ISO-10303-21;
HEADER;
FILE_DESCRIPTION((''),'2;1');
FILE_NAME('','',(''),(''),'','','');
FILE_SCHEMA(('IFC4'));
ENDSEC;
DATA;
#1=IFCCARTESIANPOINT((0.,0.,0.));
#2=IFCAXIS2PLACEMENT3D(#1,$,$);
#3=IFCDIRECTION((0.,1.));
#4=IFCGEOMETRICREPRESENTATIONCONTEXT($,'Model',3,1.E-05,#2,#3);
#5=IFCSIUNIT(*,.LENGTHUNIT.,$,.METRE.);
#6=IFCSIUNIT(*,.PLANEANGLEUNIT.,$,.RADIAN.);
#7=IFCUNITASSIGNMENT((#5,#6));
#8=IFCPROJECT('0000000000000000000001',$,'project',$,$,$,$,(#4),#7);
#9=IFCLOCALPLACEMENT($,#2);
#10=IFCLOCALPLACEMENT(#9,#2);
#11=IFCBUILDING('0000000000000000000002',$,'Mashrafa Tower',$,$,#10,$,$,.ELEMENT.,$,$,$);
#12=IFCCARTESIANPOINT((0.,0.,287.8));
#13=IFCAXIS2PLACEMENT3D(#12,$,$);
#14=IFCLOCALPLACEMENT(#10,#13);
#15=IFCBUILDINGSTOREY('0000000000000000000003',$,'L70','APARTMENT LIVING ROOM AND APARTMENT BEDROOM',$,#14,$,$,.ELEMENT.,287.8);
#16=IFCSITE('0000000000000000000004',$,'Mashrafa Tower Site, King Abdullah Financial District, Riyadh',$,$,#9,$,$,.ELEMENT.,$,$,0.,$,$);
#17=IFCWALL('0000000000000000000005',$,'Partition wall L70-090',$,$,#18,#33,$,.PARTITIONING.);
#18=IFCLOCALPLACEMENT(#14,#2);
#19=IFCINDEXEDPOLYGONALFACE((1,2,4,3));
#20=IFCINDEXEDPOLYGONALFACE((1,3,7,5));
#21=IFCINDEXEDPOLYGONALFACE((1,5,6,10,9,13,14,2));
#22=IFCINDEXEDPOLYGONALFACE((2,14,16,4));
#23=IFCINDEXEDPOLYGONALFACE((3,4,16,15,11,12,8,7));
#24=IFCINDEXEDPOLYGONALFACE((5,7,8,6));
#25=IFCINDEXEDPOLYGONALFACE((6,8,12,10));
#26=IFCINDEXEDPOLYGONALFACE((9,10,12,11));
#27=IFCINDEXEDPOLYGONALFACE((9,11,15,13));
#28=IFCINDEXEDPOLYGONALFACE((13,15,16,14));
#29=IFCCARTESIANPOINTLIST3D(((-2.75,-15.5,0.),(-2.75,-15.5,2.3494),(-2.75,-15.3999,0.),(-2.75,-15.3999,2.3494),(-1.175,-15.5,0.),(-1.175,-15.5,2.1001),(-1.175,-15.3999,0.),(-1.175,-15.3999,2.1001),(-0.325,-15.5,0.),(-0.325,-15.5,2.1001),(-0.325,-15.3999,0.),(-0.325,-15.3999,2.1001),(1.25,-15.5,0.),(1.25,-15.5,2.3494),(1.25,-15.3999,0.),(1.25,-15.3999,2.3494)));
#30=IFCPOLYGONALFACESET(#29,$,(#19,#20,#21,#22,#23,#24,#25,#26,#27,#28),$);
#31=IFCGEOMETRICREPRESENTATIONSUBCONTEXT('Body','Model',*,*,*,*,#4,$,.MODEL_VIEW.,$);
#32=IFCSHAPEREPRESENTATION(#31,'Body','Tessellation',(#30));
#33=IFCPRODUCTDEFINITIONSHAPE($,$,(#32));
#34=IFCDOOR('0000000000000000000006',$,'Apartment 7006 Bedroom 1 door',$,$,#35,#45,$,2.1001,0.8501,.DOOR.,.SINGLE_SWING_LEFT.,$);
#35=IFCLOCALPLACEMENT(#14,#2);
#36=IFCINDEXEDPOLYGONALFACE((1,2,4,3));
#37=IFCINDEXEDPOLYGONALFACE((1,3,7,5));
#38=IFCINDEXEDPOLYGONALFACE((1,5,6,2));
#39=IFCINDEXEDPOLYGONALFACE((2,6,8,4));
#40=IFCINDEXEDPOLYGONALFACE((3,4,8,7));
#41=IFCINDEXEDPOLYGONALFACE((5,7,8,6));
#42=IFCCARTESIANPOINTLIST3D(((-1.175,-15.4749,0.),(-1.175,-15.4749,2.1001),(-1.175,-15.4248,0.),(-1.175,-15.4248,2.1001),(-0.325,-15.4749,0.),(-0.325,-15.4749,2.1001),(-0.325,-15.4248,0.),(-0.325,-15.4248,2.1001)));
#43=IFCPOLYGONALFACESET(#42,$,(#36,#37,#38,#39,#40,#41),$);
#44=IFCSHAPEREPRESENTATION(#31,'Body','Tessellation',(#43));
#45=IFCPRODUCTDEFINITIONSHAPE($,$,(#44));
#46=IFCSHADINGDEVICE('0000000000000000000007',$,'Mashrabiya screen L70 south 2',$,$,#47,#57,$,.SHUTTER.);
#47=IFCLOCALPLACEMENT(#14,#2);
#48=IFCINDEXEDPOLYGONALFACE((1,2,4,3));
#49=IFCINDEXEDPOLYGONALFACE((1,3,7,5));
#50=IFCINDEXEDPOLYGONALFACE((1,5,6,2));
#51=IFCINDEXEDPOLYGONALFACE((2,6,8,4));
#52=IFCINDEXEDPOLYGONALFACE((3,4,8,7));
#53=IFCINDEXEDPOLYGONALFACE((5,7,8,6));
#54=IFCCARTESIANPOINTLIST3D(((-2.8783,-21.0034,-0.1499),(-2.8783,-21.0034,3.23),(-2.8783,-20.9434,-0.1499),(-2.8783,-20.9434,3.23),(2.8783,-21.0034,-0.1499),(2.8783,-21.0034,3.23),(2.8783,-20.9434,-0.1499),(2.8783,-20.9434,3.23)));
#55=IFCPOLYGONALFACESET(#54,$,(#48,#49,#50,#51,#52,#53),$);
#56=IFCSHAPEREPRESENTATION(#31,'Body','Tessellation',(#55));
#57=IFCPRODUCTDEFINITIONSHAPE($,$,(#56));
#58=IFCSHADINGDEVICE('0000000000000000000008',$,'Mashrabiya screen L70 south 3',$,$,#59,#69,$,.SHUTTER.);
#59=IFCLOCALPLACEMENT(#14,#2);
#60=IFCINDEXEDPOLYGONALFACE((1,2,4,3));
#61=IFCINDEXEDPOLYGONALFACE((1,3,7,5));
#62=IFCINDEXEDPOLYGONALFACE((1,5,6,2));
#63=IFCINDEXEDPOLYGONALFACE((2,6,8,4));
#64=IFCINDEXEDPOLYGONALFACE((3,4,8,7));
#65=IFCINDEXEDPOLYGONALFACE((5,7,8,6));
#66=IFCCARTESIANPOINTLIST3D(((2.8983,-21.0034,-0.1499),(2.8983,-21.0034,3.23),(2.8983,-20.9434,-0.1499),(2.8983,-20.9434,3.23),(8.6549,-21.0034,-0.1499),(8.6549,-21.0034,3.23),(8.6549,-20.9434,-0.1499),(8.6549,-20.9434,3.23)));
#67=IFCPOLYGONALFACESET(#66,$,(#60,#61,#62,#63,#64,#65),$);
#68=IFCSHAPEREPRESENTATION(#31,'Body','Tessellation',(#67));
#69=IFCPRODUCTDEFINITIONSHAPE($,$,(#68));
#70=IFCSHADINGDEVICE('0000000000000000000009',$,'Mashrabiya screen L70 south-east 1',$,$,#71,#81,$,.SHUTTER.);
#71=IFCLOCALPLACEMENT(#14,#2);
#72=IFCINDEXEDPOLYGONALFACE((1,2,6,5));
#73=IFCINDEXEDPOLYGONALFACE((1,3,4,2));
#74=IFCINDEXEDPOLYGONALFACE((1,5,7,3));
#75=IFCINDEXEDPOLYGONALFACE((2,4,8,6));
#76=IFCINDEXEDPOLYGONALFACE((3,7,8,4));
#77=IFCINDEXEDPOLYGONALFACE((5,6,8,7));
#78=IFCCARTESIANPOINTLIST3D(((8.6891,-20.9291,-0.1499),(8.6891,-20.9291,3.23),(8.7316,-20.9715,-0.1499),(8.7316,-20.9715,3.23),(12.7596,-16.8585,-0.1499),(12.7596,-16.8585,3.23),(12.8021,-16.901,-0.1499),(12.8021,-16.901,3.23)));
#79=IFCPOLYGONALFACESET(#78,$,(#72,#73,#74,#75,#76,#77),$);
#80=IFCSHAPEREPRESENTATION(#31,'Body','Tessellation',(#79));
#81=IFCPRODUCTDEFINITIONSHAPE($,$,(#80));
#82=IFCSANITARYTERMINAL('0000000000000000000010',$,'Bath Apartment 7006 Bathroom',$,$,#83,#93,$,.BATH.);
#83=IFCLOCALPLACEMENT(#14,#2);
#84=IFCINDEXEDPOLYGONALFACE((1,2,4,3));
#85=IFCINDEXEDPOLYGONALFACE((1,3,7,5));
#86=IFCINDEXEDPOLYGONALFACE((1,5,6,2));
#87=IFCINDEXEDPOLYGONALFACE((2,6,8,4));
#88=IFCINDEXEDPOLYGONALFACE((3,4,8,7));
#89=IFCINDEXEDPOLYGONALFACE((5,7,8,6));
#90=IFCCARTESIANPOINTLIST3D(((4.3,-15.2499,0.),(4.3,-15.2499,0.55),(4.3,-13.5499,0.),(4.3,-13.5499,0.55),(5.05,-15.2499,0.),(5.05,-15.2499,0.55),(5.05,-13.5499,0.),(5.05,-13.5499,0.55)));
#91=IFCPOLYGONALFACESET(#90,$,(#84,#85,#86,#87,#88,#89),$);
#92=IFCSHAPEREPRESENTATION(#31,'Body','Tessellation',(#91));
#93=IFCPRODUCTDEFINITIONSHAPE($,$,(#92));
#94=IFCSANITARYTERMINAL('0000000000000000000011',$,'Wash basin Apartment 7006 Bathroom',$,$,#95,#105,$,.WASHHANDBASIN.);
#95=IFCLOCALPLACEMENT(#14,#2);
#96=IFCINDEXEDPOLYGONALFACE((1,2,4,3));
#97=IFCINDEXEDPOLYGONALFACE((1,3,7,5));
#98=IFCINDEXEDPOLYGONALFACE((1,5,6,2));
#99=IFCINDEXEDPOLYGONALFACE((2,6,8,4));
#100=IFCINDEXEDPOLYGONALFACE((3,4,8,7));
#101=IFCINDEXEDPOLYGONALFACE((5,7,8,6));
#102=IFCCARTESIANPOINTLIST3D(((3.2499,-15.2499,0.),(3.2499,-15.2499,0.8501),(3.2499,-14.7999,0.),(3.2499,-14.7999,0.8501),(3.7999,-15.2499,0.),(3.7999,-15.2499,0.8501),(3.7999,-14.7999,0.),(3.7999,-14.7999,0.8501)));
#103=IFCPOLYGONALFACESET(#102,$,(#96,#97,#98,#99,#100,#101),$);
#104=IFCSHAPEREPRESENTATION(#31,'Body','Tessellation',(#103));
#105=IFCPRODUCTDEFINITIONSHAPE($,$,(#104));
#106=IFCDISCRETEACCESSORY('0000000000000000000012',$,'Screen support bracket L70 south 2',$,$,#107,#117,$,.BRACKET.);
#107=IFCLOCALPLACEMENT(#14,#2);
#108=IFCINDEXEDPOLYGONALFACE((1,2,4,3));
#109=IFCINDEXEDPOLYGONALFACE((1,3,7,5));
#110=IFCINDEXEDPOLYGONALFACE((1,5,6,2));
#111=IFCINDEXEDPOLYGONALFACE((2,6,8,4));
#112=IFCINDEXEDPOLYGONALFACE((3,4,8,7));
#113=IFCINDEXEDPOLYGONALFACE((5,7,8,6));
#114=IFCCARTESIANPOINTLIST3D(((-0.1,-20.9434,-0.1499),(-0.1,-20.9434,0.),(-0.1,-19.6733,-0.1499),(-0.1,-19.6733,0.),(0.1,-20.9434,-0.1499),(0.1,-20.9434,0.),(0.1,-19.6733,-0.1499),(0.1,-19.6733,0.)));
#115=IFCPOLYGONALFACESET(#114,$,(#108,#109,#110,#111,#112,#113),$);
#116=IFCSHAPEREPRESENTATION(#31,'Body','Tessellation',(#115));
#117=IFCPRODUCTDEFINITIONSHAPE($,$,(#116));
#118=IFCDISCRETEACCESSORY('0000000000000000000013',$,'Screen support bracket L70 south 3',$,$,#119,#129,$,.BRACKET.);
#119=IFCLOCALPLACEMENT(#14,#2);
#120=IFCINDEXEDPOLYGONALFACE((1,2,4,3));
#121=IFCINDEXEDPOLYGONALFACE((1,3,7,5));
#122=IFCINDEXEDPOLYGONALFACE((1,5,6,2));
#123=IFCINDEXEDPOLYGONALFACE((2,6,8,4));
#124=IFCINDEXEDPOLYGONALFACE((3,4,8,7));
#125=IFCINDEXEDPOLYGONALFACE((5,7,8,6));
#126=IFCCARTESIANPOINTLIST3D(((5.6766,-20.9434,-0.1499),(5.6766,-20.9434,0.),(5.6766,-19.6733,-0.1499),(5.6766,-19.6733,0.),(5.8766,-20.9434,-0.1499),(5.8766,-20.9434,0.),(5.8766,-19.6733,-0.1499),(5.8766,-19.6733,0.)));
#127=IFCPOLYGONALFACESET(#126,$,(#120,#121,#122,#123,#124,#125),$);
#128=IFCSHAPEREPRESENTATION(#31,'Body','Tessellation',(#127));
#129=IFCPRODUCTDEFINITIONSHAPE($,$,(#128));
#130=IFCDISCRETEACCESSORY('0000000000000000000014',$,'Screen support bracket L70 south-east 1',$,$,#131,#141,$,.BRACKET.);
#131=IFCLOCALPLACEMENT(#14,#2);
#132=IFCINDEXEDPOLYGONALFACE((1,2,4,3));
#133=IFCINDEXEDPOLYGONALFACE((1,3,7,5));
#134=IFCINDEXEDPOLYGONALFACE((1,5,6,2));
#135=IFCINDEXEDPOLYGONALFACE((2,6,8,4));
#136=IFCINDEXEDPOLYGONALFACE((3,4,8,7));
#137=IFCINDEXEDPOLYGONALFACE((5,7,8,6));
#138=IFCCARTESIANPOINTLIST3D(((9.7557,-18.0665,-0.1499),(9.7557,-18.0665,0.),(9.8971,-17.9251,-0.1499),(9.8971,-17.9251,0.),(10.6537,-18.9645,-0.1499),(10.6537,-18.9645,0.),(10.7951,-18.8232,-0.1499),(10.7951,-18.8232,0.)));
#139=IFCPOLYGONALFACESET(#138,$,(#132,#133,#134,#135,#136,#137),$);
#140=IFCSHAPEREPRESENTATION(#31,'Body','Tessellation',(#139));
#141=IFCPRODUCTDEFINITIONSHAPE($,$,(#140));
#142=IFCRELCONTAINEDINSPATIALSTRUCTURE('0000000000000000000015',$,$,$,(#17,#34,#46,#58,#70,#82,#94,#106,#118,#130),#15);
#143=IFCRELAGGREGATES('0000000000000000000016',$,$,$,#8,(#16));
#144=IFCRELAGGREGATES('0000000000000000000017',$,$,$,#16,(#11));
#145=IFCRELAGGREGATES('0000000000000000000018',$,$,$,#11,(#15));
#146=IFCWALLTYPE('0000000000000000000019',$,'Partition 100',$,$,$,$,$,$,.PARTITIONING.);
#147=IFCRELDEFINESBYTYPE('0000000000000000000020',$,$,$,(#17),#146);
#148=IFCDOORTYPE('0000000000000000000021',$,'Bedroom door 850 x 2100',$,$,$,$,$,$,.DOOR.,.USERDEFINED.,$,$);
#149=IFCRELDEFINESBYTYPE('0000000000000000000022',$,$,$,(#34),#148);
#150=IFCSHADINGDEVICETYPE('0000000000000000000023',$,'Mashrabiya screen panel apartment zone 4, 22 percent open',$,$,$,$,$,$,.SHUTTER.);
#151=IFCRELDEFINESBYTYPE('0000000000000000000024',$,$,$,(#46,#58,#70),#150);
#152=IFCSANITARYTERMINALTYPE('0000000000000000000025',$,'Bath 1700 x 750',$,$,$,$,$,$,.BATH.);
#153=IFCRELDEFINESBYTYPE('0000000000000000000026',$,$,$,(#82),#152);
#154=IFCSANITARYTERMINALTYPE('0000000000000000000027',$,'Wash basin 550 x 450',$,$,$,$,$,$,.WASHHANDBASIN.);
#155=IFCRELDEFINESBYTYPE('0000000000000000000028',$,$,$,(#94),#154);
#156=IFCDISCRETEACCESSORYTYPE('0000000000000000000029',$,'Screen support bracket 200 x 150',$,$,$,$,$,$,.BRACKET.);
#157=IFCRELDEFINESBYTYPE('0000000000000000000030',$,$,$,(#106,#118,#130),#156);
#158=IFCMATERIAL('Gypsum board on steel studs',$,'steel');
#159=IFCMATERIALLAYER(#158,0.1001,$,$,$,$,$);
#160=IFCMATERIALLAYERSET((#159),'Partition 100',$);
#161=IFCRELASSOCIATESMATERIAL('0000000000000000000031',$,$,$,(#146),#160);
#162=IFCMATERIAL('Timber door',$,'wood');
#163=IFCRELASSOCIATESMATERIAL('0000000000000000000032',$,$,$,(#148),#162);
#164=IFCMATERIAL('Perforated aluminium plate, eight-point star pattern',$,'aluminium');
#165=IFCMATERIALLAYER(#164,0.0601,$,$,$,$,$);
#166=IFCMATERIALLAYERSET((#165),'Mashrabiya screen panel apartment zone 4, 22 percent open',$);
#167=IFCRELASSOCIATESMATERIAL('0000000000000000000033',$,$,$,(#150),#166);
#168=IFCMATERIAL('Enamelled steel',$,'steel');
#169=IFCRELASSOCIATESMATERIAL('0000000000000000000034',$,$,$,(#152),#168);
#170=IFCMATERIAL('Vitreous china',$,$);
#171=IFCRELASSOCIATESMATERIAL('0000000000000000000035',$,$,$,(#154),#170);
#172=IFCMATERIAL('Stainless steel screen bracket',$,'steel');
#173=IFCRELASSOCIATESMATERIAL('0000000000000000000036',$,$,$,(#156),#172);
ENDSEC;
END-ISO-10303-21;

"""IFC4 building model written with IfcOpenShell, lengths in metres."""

from ifc_helpers import new_model, si_unit, direction, frame, frame_2d, origin, origin_2d, place, context, subcontext, project, spatial, rectangle, extrude, source, transform, mapped, material, layer, layer_set, type_object, type_shapes, element, fill, save


model = new_model("IFC4")

# Units and contexts
model_context = context("Model", 3, precision=1e-05, world=origin(), true_north=direction((0.0, 1.0)))
body_context = subcontext(model_context, "Body", "Model", "MODEL_VIEW")
ifc_project = project(units=[si_unit("LENGTHUNIT", "METRE"), si_unit("PLANEANGLEUNIT", "RADIAN")], contexts=[model_context])

# Site, building, storey
site_placement = place(None, origin())
site = spatial("IfcSite", under=ifc_project, at=site_placement, Name="Mashrafa Tower Site, King Abdullah Financial District, Riyadh", CompositionType="ELEMENT", RefElevation=0.0)
building_placement = place(site_placement, origin())
building = spatial("IfcBuilding", under=site, at=building_placement, Name="Mashrafa Tower", CompositionType="ELEMENT")
storey_placement = place(building_placement, frame((0.0, 0.0, 287.8)))
storey = spatial("IfcBuildingStorey", under=building, at=storey_placement, Name="L70", Description="APARTMENT LIVING ROOM AND APARTMENT BEDROOM", CompositionType="ELEMENT", Elevation=287.8)

# Shared definitions
ifc_material_1 = material(Name="Gypsum board on steel studs", Category="steel")
ifc_layer_1 = layer(ifc_material_1, 0.1001)
ifc_layer_set_1 = layer_set([ifc_layer_1], Name="Partition 100")
wall_type = type_object("IfcWallType", Name="Partition 100", PredefinedType="PARTITIONING", material=ifc_layer_set_1)

# Wall, opening, door
wall_1_placement = place(storey_placement, frame((1.25, -15.45, 0.0), z_axis=(0.0, 0.0, 1.0), x_axis=(-1.0, 0.0, 0.0)))
wall_1 = element("IfcWall", 1, at=wall_1_placement, inside=storey, type_object=wall_type, Name="Partition wall L70-090", PredefinedType="PARTITIONING", context=body_context, shape_type="SweptSolid", body=[
    extrude(rectangle(XDim=4.0, YDim=0.1001, at=frame_2d((2.0, 0.0))), origin(), (0.0, 0.0, 1.0), 2.3494),
])
opening_placement = place(wall_1_placement, frame((1.575, 0.0, 0.0)))
opening = element("IfcOpeningElement", 2, at=opening_placement, cuts=wall_1, PredefinedType="OPENING", context=body_context, shape_type="SweptSolid", body=[
    extrude(rectangle(XDim=0.8501, YDim=2.1001, at=frame_2d((0.425, 1.05))), frame((0.0, 0.0601, 0.0), z_axis=(0.0, -1.0, 0.0), x_axis=(1.0, 0.0, 0.0)), (0.0, 0.0, 1.0), 0.1201),
])
ifc_material_2 = material(Name="Timber door", Category="wood")
door_type = type_object("IfcDoorType", Name="Bedroom door 850 x 2100", OperationType="USERDEFINED", PredefinedType="DOOR", material=ifc_material_2)
door_placement = place(opening_placement, origin())
door = element("IfcDoor", 3, at=door_placement, inside=storey, type_object=door_type, Name="Apartment 7006 Bedroom 1 door", OperationType="SINGLE_SWING_LEFT", OverallHeight=2.1001, OverallWidth=0.8501, PredefinedType="DOOR", context=body_context, shape_type="SweptSolid", body=[
    extrude(rectangle(XDim=0.8501, YDim=2.1001, at=frame_2d((0.425, 1.05))), frame((0.0, 0.0249, 0.0), z_axis=(0.0, -1.0, 0.0), x_axis=(1.0, 0.0, 0.0)), (0.0, 0.0, 1.0), 0.05),
])
fill(opening, door)

# Shading devices
ifc_material_3 = material(Name="Perforated aluminium plate, eight-point star pattern", Category="aluminium")
ifc_layer_2 = layer(ifc_material_3, 0.0601)
ifc_layer_set_2 = layer_set([ifc_layer_2], Name="Mashrabiya screen panel apartment zone 4, 22 percent open")
shading_device_type = type_object("IfcShadingDeviceType", Name="Mashrabiya screen panel apartment zone 4, 22 percent open", PredefinedType="SHUTTER", material=ifc_layer_set_2)
shared_shape_1 = source(origin(), body_context, "Body", "SweptSolid", [
    extrude(rectangle(XDim=5.7566, YDim=0.0601, at=origin_2d()), origin(), (0.0, 0.0, 1.0), 3.3799),
])
type_shapes(shading_device_type, [shared_shape_1])
for number, where, z_axis, x_axis, name in (
    (4, (0.0, -20.9734, -0.1499), (0.0, 0.0, 1.0), (1.0, 0.0, 0.0), "Mashrabiya screen L70 south 2"),
    (5, (5.7766, -20.9734, -0.1499), (0.0, 0.0, 1.0), (1.0, 0.0, 0.0), "Mashrabiya screen L70 south 3"),
    (6, (10.7456, -18.915, -0.1499), (0.0, 0.0, 1.0), (0.707107, 0.707107, 0.0), "Mashrabiya screen L70 south-east 1"),
):
    element("IfcShadingDevice", number, at=place(storey_placement, frame(where, z_axis=z_axis, x_axis=x_axis)), inside=storey, type_object=shading_device_type, Name=name, PredefinedType="SHUTTER", context=body_context, shape_type="MappedRepresentation", body=[
        mapped(shared_shape_1, transform((0.0, 0.0, 0.0))),
    ])

# Sanitary terminals
ifc_material_4 = material(Name="Enamelled steel", Category="steel")
sanitary_terminal_type_1 = type_object("IfcSanitaryTerminalType", Name="Bath 1700 x 750", PredefinedType="BATH", material=ifc_material_4)
sanitary_terminal_1_placement = place(storey_placement, frame((4.675, -14.3999, 0.0), z_axis=(0.0, 0.0, 1.0), x_axis=(0.0, 1.0, 0.0)))
element("IfcSanitaryTerminal", 7, at=sanitary_terminal_1_placement, inside=storey, type_object=sanitary_terminal_type_1, Name="Bath Apartment 7006 Bathroom", PredefinedType="BATH", context=body_context, shape_type="SweptSolid", body=[
    extrude(rectangle(XDim=1.7, YDim=0.75, at=origin_2d()), origin(), (0.0, 0.0, 1.0), 0.55),
])
ifc_material_5 = material(Name="Vitreous china")
sanitary_terminal_type_2 = type_object("IfcSanitaryTerminalType", Name="Wash basin 550 x 450", PredefinedType="WASHHANDBASIN", material=ifc_material_5)
sanitary_terminal_2_placement = place(storey_placement, frame((3.5249, -15.0249, 0.0), z_axis=(0.0, 0.0, 1.0), x_axis=(1.0, 0.0, 0.0)))
element("IfcSanitaryTerminal", 8, at=sanitary_terminal_2_placement, inside=storey, type_object=sanitary_terminal_type_2, Name="Wash basin Apartment 7006 Bathroom", PredefinedType="WASHHANDBASIN", context=body_context, shape_type="SweptSolid", body=[
    extrude(rectangle(XDim=0.55, YDim=0.45, at=origin_2d()), origin(), (0.0, 0.0, 1.0), 0.8501),
])

# Discrete accessories
ifc_material_6 = material(Name="Stainless steel screen bracket", Category="steel")
discrete_accessory_type = type_object("IfcDiscreteAccessoryType", Name="Screen support bracket 200 x 150", PredefinedType="BRACKET", material=ifc_material_6)
shared_shape_2 = source(origin(), body_context, "Body", "SweptSolid", [
    extrude(rectangle(XDim=0.2, YDim=1.27, at=origin_2d()), origin(), (0.0, 0.0, 1.0), 0.1499),
])
type_shapes(discrete_accessory_type, [shared_shape_2])
for number, where, z_axis, x_axis, name in (
    (9, (0.0, -20.3083, -0.1499), (0.0, 0.0, 1.0), (1.0, 0.0, 0.0), "Screen support bracket L70 south 2"),
    (10, (5.7766, -20.3083, -0.1499), (0.0, 0.0, 1.0), (1.0, 0.0, 0.0), "Screen support bracket L70 south 3"),
    (11, (10.2754, -18.4448, -0.1499), (0.0, 0.0, 1.0), (0.707107, 0.707107, 0.0), "Screen support bracket L70 south-east 1"),
):
    element("IfcDiscreteAccessory", number, at=place(storey_placement, frame(where, z_axis=z_axis, x_axis=x_axis)), inside=storey, type_object=discrete_accessory_type, Name=name, PredefinedType="BRACKET", context=body_context, shape_type="MappedRepresentation", body=[
        mapped(shared_shape_2, transform((0.0, 0.0, 0.0))),
    ])

save(model, "model.ifc")
